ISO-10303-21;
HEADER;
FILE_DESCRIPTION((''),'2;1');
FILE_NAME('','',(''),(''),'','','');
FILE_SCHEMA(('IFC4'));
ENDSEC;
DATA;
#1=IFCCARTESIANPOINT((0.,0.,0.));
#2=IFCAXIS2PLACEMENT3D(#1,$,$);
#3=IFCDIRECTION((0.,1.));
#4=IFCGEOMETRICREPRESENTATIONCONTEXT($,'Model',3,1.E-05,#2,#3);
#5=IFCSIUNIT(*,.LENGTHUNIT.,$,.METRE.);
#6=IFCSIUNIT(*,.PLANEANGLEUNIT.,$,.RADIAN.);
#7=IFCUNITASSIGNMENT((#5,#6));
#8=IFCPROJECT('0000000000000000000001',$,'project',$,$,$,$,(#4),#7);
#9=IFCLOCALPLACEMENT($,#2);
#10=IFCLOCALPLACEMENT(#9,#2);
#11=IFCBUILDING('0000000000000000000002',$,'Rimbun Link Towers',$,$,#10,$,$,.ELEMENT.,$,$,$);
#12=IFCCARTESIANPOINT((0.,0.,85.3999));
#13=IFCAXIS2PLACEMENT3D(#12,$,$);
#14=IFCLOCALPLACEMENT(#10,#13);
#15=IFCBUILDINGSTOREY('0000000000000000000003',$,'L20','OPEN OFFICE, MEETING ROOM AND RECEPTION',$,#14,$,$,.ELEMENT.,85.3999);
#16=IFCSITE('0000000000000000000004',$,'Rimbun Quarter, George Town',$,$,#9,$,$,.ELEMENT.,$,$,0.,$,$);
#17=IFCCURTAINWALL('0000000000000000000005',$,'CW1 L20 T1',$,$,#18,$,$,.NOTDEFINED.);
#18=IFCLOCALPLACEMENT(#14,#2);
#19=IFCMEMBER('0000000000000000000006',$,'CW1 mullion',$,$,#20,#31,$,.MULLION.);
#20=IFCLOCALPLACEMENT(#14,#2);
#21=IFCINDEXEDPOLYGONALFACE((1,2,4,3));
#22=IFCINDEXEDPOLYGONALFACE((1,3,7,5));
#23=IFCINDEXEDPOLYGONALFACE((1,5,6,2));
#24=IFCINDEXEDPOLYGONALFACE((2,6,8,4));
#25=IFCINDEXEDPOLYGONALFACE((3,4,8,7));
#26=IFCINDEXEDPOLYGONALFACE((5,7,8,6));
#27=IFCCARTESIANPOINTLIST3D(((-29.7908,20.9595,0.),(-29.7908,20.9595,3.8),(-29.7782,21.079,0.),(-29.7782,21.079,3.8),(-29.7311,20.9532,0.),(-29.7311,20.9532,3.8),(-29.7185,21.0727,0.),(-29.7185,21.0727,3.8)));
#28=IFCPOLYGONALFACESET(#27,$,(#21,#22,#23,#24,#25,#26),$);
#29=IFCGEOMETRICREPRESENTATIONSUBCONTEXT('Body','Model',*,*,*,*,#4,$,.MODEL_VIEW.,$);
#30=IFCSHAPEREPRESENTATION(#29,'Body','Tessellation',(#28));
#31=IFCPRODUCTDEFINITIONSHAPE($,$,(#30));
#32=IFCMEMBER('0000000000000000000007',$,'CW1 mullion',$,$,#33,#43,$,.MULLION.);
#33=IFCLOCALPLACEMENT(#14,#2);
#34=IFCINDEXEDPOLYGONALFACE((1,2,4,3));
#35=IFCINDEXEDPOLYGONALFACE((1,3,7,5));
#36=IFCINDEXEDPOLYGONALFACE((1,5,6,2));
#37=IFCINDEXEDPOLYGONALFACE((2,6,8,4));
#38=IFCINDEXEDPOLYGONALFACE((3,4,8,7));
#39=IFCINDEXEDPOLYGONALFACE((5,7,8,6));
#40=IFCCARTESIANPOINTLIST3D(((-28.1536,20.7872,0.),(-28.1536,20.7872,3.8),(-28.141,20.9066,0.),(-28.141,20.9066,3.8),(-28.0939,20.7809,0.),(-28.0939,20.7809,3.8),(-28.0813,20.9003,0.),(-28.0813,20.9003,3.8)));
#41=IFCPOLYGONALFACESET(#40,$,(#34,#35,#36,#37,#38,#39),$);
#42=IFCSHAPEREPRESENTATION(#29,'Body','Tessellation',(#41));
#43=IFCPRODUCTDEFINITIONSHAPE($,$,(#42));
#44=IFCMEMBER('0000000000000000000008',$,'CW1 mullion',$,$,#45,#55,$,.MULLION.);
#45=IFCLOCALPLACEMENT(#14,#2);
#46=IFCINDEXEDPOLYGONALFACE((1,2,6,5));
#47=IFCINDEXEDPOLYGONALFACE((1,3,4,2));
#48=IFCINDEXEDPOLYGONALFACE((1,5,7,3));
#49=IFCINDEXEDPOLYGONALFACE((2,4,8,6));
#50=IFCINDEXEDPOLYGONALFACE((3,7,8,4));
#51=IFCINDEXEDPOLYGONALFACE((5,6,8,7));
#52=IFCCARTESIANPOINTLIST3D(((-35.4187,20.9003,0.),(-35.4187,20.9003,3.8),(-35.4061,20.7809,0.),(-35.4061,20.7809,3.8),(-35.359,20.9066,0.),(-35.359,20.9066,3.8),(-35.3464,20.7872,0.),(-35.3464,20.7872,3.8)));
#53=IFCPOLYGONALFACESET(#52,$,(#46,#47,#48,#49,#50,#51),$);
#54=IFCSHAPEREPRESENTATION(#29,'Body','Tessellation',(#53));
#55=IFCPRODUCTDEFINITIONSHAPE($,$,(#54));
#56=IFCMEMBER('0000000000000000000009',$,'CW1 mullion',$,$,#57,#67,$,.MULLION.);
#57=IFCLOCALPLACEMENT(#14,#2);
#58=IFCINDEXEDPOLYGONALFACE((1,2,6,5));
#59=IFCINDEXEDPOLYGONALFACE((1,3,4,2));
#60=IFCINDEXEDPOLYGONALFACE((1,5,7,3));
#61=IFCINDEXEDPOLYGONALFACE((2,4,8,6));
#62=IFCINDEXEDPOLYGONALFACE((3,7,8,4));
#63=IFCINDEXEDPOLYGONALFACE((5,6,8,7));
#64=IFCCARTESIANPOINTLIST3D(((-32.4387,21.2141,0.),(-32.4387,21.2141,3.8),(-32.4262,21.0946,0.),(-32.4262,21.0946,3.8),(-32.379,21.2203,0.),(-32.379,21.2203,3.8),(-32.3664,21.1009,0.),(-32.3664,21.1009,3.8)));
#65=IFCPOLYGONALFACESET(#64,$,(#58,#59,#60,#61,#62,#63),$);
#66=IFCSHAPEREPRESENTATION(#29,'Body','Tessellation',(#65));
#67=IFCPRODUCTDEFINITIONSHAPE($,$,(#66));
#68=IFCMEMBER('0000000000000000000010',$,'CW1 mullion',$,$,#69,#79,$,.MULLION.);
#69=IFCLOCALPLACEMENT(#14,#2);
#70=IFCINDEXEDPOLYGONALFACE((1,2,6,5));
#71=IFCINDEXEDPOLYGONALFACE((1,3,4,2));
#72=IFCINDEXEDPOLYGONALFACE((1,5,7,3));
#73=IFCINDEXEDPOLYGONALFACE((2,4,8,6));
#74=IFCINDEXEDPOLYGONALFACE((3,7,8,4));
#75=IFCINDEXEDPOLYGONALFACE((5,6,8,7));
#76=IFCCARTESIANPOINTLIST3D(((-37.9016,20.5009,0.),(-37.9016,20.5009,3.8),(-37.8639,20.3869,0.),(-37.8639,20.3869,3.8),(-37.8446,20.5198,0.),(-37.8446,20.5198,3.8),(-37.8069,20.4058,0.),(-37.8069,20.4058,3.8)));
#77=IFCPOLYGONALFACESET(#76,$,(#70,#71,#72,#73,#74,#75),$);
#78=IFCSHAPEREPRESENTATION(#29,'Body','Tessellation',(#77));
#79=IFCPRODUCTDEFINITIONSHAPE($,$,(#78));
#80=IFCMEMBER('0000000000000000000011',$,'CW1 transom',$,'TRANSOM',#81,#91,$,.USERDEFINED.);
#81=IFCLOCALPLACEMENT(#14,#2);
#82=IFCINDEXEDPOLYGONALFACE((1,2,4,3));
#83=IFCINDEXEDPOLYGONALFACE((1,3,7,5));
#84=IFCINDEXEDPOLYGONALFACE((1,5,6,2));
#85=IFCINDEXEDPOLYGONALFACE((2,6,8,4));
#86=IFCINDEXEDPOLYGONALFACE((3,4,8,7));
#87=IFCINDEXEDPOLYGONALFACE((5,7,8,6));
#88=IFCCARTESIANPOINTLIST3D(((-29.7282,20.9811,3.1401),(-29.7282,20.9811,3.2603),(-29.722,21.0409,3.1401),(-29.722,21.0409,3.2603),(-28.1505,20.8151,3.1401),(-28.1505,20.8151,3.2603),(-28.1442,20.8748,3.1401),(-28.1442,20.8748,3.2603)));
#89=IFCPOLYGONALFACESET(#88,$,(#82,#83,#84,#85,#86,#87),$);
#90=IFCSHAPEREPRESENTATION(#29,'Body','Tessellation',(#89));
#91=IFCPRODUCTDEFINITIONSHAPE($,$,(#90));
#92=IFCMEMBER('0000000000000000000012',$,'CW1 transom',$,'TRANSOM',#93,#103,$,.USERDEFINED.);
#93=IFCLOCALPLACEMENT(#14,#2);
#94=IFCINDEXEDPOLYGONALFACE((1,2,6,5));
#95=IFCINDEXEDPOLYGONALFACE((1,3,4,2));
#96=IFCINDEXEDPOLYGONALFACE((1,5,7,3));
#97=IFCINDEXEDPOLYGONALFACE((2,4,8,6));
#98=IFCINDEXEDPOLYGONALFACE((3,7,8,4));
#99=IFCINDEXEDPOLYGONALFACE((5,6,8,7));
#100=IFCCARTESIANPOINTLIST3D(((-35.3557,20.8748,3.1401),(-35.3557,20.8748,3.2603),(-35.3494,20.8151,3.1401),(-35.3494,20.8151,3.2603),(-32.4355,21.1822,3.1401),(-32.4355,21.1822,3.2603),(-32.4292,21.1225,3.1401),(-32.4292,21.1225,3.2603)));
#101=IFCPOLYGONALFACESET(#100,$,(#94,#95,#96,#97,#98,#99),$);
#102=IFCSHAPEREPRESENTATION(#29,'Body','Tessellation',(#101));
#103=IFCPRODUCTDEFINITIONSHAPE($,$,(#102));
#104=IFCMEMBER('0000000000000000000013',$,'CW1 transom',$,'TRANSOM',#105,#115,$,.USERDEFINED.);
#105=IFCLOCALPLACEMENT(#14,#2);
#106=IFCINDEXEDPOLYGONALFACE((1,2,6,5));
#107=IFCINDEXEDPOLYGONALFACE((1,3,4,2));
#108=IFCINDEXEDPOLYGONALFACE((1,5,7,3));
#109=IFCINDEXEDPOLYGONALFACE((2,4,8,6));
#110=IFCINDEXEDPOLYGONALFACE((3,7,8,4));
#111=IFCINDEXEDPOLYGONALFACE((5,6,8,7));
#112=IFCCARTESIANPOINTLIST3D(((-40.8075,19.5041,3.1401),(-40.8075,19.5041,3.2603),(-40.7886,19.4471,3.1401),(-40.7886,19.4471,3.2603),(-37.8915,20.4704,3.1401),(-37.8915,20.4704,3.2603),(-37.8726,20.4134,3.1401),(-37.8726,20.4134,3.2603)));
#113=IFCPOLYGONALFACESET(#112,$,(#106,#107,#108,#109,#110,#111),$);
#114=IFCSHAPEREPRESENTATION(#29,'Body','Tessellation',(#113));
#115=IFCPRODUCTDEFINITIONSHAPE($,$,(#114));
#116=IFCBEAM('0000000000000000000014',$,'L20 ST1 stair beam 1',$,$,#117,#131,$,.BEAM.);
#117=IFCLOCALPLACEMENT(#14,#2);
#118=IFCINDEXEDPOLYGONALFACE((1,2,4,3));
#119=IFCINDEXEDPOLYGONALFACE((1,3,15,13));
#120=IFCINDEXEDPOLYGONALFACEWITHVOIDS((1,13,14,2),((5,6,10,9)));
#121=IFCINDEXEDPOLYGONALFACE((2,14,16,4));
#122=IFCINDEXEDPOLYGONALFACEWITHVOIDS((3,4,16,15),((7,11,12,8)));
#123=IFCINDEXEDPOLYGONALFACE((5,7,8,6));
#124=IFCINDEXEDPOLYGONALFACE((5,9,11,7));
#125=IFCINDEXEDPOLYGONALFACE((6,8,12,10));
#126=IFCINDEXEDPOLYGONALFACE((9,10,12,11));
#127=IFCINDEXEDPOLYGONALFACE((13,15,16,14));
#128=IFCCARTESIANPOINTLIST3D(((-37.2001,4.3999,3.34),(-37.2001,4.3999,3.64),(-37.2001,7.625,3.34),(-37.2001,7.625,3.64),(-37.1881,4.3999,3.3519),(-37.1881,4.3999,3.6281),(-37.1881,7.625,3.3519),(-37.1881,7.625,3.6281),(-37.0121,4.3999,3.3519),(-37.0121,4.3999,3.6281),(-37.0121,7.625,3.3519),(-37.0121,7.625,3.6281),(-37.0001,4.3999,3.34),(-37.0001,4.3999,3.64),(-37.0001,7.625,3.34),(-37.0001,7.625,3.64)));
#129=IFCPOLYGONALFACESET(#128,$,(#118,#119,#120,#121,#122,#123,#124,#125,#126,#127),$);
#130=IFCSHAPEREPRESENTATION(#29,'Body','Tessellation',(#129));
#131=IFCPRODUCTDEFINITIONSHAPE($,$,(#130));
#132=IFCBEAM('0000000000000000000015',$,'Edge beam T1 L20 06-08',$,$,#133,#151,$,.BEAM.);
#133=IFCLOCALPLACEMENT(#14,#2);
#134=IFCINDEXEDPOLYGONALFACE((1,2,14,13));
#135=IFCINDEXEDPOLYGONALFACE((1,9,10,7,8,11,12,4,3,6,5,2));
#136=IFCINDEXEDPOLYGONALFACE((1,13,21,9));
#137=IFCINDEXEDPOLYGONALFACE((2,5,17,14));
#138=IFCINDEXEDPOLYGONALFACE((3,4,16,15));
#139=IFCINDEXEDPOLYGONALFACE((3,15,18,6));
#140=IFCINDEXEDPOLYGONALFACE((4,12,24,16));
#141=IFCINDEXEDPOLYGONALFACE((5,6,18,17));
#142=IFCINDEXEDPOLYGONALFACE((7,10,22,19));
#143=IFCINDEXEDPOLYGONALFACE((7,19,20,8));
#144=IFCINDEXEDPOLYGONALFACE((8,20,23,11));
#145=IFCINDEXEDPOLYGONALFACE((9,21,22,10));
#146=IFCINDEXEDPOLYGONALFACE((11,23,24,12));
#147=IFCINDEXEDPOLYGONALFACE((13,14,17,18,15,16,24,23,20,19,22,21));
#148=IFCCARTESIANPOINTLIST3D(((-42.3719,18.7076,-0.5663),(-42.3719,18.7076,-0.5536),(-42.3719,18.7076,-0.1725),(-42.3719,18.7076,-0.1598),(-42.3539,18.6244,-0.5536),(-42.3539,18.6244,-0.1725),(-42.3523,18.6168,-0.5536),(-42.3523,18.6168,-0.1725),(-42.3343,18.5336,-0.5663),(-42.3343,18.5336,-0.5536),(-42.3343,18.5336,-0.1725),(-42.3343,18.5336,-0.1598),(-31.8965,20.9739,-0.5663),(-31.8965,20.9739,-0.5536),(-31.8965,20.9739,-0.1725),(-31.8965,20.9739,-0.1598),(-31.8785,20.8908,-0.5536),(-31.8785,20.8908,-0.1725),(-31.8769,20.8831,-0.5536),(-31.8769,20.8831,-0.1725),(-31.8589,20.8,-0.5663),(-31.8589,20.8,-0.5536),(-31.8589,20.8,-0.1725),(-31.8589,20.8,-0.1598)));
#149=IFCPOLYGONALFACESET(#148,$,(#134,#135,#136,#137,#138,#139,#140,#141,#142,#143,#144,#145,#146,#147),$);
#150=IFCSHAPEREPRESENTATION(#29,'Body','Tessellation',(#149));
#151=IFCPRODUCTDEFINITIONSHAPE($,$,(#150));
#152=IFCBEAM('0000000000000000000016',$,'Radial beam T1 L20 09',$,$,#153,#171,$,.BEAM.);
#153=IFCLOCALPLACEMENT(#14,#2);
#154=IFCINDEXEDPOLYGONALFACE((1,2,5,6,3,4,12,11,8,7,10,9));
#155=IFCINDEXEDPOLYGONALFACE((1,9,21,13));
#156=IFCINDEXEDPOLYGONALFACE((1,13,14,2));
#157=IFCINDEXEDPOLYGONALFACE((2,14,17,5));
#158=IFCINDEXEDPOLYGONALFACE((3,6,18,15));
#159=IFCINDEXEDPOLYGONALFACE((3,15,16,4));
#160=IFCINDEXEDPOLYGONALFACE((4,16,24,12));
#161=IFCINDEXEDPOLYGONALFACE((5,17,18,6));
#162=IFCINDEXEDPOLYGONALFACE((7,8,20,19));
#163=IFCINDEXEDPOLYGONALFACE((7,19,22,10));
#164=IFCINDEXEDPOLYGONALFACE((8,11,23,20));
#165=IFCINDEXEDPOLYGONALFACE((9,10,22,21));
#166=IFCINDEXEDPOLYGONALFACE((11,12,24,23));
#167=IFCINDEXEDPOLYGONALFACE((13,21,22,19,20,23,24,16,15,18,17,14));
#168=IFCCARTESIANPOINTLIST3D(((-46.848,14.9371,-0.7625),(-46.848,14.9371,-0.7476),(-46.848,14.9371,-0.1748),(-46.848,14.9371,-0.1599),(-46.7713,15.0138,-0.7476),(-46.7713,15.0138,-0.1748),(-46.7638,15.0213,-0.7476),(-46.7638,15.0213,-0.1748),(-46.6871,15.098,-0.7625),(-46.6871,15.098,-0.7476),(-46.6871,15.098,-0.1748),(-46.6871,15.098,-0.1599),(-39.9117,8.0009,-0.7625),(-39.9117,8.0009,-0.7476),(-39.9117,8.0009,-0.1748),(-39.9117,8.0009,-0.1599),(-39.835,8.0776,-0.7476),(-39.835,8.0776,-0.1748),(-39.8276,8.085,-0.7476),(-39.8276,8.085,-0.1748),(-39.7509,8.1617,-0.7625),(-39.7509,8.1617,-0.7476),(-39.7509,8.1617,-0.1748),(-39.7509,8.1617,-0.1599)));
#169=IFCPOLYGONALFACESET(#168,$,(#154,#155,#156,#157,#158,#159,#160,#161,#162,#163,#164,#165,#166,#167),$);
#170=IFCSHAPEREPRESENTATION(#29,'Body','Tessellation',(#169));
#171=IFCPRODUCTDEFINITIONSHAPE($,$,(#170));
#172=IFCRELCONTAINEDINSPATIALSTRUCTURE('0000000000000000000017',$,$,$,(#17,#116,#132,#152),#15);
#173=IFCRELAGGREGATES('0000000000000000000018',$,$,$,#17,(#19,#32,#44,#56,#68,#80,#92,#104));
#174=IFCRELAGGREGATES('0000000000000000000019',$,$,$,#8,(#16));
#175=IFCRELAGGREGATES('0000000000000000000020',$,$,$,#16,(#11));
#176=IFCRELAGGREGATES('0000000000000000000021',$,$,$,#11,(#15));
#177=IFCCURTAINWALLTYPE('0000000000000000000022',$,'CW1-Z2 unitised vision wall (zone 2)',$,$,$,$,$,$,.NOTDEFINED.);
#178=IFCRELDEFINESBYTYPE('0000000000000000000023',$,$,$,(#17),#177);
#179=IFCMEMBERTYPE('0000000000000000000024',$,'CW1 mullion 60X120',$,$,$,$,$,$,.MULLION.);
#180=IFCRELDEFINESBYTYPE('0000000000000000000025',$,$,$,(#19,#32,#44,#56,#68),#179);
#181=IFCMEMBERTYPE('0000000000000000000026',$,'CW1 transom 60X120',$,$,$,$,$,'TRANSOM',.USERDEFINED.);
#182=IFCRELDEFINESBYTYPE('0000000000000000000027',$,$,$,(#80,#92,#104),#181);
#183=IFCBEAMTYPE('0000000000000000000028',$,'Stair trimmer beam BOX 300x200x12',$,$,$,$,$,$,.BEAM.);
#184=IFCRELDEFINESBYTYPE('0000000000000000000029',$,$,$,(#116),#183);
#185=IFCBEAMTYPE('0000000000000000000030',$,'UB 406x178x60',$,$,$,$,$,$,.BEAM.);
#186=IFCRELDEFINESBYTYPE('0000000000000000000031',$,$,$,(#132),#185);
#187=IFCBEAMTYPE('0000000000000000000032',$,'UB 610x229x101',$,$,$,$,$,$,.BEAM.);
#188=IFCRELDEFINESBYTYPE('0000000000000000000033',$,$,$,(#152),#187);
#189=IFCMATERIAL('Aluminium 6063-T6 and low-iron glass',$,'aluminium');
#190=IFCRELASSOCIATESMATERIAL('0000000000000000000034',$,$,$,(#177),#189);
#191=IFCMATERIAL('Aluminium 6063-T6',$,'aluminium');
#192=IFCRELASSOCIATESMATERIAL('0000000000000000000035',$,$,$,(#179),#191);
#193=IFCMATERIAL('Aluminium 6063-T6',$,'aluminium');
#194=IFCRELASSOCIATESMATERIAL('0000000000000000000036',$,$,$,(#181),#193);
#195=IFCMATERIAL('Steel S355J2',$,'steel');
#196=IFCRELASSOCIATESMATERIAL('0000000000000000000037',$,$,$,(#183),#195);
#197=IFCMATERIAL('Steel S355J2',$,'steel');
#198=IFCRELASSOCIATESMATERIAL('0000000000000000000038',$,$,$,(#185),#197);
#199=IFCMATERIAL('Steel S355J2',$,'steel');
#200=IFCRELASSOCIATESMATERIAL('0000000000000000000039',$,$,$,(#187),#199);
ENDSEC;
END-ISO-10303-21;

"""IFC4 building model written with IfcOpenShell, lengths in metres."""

from ifc_helpers import new_model, si_unit, direction, frame, origin, origin_2d, place, context, subcontext, project, spatial, rectangle, hollow_rectangle, i_section, extrude, material, material_profile, profile_set, type_object, element, aggregate, save


model = new_model("IFC4")

# Units and contexts
model_context = context("Model", 3, precision=1e-05, world=origin(), true_north=direction((0.0, 1.0)))
body_context = subcontext(model_context, "Body", "Model", "MODEL_VIEW")
ifc_project = project(units=[si_unit("LENGTHUNIT", "METRE"), si_unit("PLANEANGLEUNIT", "RADIAN")], contexts=[model_context])

# Site, building, storey
site_placement = place(None, origin())
site = spatial("IfcSite", under=ifc_project, at=site_placement, Name="Rimbun Quarter, George Town", CompositionType="ELEMENT", RefElevation=0.0)
building_placement = place(site_placement, origin())
building = spatial("IfcBuilding", under=site, at=building_placement, Name="Rimbun Link Towers", CompositionType="ELEMENT")
storey_placement = place(building_placement, frame((0.0, 0.0, 85.3999)))
storey = spatial("IfcBuildingStorey", under=building, at=storey_placement, Name="L20", Description="OPEN OFFICE, MEETING ROOM AND RECEPTION", CompositionType="ELEMENT", Elevation=85.3999)

# Curtain wall, members
ifc_material_1 = material(Name="Aluminium 6063-T6 and low-iron glass", Category="aluminium")
curtain_wall_type = type_object("IfcCurtainWallType", Name="CW1-Z2 unitised vision wall (zone 2)", PredefinedType="NOTDEFINED", material=ifc_material_1)
curtain_wall_placement = place(storey_placement, origin())
curtain_wall = element("IfcCurtainWall", 1, at=curtain_wall_placement, inside=storey, type_object=curtain_wall_type, Name="CW1 L20 T1", PredefinedType="NOTDEFINED")
ifc_material_2 = material(Name="Aluminium 6063-T6", Category="aluminium")
ifc_material_profile_1 = material_profile(ifc_material_2, rectangle(XDim=0.1201, YDim=0.0601, at=origin_2d()), Name="MULLION 60X120")
ifc_profile_set_1 = profile_set([ifc_material_profile_1], Name="Aluminium 6063-T6")
member_type_1 = type_object("IfcMemberType", Name="CW1 mullion 60X120", PredefinedType="MULLION", material=ifc_profile_set_1)
member_1_placement = place(storey_placement, frame((-29.7546, 21.0161, 0.0), z_axis=(0.0, 0.0, 1.0), x_axis=(0.104736, 0.9945, 0.0)))
member_1 = element("IfcMember", 2, at=member_1_placement, type_object=member_type_1, Name="CW1 mullion", PredefinedType="MULLION", context=body_context, shape_type="SweptSolid", body=[
    extrude(rectangle(XDim=0.1201, YDim=0.0601, at=origin_2d()), origin(), (0.0, 0.0, 1.0), 3.8),
])
member_2_placement = place(storey_placement, frame((-28.1174, 20.8438, 0.0), z_axis=(0.0, 0.0, 1.0), x_axis=(0.104736, 0.9945, 0.0)))
member_2 = element("IfcMember", 3, at=member_2_placement, type_object=member_type_1, Name="CW1 mullion", PredefinedType="MULLION", context=body_context, shape_type="SweptSolid", body=[
    extrude(rectangle(XDim=0.1201, YDim=0.0601, at=origin_2d()), origin(), (0.0, 0.0, 1.0), 3.8),
])
member_3_placement = place(storey_placement, frame((-35.3826, 20.8438, 0.0), z_axis=(0.0, 0.0, 1.0), x_axis=(-0.104736, 0.9945, 0.0)))
member_3 = element("IfcMember", 4, at=member_3_placement, type_object=member_type_1, Name="CW1 mullion", PredefinedType="MULLION", context=body_context, shape_type="SweptSolid", body=[
    extrude(rectangle(XDim=0.1201, YDim=0.0601, at=origin_2d()), origin(), (0.0, 0.0, 1.0), 3.8),
])
member_4_placement = place(storey_placement, frame((-32.4026, 21.1575, 0.0), z_axis=(0.0, 0.0, 1.0), x_axis=(-0.104736, 0.9945, 0.0)))
member_4 = element("IfcMember", 5, at=member_4_placement, type_object=member_type_1, Name="CW1 mullion", PredefinedType="MULLION", context=body_context, shape_type="SweptSolid", body=[
    extrude(rectangle(XDim=0.1201, YDim=0.0601, at=origin_2d()), origin(), (0.0, 0.0, 1.0), 3.8),
])
member_5_placement = place(storey_placement, frame((-37.8542, 20.4534, 0.0), z_axis=(0.0, 0.0, 1.0), x_axis=(-0.314576, 0.949232, 0.0)))
member_5 = element("IfcMember", 6, at=member_5_placement, type_object=member_type_1, Name="CW1 mullion", PredefinedType="MULLION", context=body_context, shape_type="SweptSolid", body=[
    extrude(rectangle(XDim=0.1201, YDim=0.0601, at=origin_2d()), origin(), (0.0, 0.0, 1.0), 3.8),
])
ifc_material_3 = material(Name="Aluminium 6063-T6", Category="aluminium")
ifc_material_profile_2 = material_profile(ifc_material_3, rectangle(XDim=0.0601, YDim=0.1201, at=origin_2d()), Name="TRANSOM 60X120")
ifc_profile_set_2 = profile_set([ifc_material_profile_2], Name="Aluminium 6063-T6")
member_type_2 = type_object("IfcMemberType", Name="CW1 transom 60X120", ElementType="TRANSOM", PredefinedType="USERDEFINED", material=ifc_profile_set_2)
member_6_placement = place(storey_placement, frame((-29.7251, 21.011, 3.2002), z_axis=(0.994509, -0.104653, 0.0), x_axis=(0.104653, 0.994509, 0.0)))
member_6 = element("IfcMember", 7, at=member_6_placement, type_object=member_type_2, Name="CW1 transom", ObjectType="TRANSOM", PredefinedType="USERDEFINED", context=body_context, shape_type="SweptSolid", body=[
    extrude(rectangle(XDim=0.0601, YDim=0.1201, at=origin_2d()), origin(), (0.0, 0.0, 1.0), 1.5864),
])
member_7_placement = place(storey_placement, frame((-35.3525, 20.845, 3.2002), z_axis=(0.994506, 0.10468, 0.0), x_axis=(-0.10468, 0.994506, 0.0)))
member_7 = element("IfcMember", 8, at=member_7_placement, type_object=member_type_2, Name="CW1 transom", ObjectType="TRANSOM", PredefinedType="USERDEFINED", context=body_context, shape_type="SweptSolid", body=[
    extrude(rectangle(XDim=0.0601, YDim=0.1201, at=origin_2d()), origin(), (0.0, 0.0, 1.0), 2.9363),
])
member_8_placement = place(storey_placement, frame((-40.7981, 19.4756, 3.2002), z_axis=(0.949238, 0.314558, 0.0), x_axis=(-0.314558, 0.949238, 0.0)))
member_8 = element("IfcMember", 9, at=member_8_placement, type_object=member_type_2, Name="CW1 transom", ObjectType="TRANSOM", PredefinedType="USERDEFINED", context=body_context, shape_type="SweptSolid", body=[
    extrude(rectangle(XDim=0.0601, YDim=0.1201, at=origin_2d()), origin(), (0.0, 0.0, 1.0), 3.072),
])

# Beams
ifc_material_4 = material(Name="Steel S355J2", Category="steel")
ifc_material_profile_3 = material_profile(ifc_material_4, hollow_rectangle(XDim=0.2, YDim=0.3, WallThickness=0.012, at=origin_2d()), Name="BOX 300x200x12")
ifc_profile_set_3 = profile_set([ifc_material_profile_3], Name="Steel S355J2")
beam_type_1 = type_object("IfcBeamType", Name="Stair trimmer beam BOX 300x200x12", PredefinedType="BEAM", material=ifc_profile_set_3)
beam_1_placement = place(storey_placement, frame((-37.1001, 7.625, 3.49), z_axis=(0.0, -1.0, 0.0), x_axis=(1.0, 0.0, 0.0)))
element("IfcBeam", 10, at=beam_1_placement, inside=storey, type_object=beam_type_1, Name="L20 ST1 stair beam 1", PredefinedType="BEAM", context=body_context, shape_type="SweptSolid", body=[
    extrude(hollow_rectangle(XDim=0.2, YDim=0.3, WallThickness=0.012, at=origin_2d()), origin(), (0.0, 0.0, 1.0), 3.2251),
])
ifc_material_5 = material(Name="Steel S355J2", Category="steel")
ifc_material_profile_4 = material_profile(ifc_material_5, i_section(OverallWidth=0.178, OverallDepth=0.4065, WebThickness=0.0078, FlangeThickness=0.0127, at=origin_2d()), Name="UB 406x178x60")
ifc_profile_set_4 = profile_set([ifc_material_profile_4], Name="Steel S355J2")
beam_type_2 = type_object("IfcBeamType", Name="UB 406x178x60", PredefinedType="BEAM", material=ifc_profile_set_4)
beam_2_placement = place(storey_placement, frame((-31.8777, 20.887, -0.363), z_axis=(-0.977387, -0.211459, 0.0), x_axis=(0.211459, -0.977387, 0.0)))
element("IfcBeam", 11, at=beam_2_placement, inside=storey, type_object=beam_type_2, Name="Edge beam T1 L20 06-08", PredefinedType="BEAM", context=body_context, shape_type="SweptSolid", body=[
    extrude(i_section(OverallWidth=0.178, OverallDepth=0.4065, WebThickness=0.0078, FlangeThickness=0.0127, at=origin_2d()), origin(), (0.0, 0.0, 1.0), 10.7178),
])
ifc_material_6 = material(Name="Steel S355J2", Category="steel")
ifc_material_profile_5 = material_profile(ifc_material_6, i_section(OverallWidth=0.2275, OverallDepth=0.6025, WebThickness=0.0105, FlangeThickness=0.0149, at=origin_2d()), Name="UB 610x229x101")
ifc_profile_set_5 = profile_set([ifc_material_profile_5], Name="Steel S355J2")
beam_type_3 = type_object("IfcBeamType", Name="UB 610x229x101", PredefinedType="BEAM", material=ifc_profile_set_5)
beam_3_placement = place(storey_placement, frame((-39.8313, 8.0813, -0.4612), z_axis=(-0.707107, 0.707107, 0.0), x_axis=(-0.707107, -0.707107, 0.0)))
element("IfcBeam", 12, at=beam_3_placement, inside=storey, type_object=beam_type_3, Name="Radial beam T1 L20 09", PredefinedType="BEAM", context=body_context, shape_type="SweptSolid", body=[
    extrude(i_section(OverallWidth=0.2275, OverallDepth=0.6025, WebThickness=0.0105, FlangeThickness=0.0149, at=origin_2d()), origin(), (0.0, 0.0, 1.0), 9.8093),
])

aggregate(curtain_wall, [member_1, member_2, member_3, member_4, member_5, member_6, member_7, member_8])

save(model, "model.ifc")
